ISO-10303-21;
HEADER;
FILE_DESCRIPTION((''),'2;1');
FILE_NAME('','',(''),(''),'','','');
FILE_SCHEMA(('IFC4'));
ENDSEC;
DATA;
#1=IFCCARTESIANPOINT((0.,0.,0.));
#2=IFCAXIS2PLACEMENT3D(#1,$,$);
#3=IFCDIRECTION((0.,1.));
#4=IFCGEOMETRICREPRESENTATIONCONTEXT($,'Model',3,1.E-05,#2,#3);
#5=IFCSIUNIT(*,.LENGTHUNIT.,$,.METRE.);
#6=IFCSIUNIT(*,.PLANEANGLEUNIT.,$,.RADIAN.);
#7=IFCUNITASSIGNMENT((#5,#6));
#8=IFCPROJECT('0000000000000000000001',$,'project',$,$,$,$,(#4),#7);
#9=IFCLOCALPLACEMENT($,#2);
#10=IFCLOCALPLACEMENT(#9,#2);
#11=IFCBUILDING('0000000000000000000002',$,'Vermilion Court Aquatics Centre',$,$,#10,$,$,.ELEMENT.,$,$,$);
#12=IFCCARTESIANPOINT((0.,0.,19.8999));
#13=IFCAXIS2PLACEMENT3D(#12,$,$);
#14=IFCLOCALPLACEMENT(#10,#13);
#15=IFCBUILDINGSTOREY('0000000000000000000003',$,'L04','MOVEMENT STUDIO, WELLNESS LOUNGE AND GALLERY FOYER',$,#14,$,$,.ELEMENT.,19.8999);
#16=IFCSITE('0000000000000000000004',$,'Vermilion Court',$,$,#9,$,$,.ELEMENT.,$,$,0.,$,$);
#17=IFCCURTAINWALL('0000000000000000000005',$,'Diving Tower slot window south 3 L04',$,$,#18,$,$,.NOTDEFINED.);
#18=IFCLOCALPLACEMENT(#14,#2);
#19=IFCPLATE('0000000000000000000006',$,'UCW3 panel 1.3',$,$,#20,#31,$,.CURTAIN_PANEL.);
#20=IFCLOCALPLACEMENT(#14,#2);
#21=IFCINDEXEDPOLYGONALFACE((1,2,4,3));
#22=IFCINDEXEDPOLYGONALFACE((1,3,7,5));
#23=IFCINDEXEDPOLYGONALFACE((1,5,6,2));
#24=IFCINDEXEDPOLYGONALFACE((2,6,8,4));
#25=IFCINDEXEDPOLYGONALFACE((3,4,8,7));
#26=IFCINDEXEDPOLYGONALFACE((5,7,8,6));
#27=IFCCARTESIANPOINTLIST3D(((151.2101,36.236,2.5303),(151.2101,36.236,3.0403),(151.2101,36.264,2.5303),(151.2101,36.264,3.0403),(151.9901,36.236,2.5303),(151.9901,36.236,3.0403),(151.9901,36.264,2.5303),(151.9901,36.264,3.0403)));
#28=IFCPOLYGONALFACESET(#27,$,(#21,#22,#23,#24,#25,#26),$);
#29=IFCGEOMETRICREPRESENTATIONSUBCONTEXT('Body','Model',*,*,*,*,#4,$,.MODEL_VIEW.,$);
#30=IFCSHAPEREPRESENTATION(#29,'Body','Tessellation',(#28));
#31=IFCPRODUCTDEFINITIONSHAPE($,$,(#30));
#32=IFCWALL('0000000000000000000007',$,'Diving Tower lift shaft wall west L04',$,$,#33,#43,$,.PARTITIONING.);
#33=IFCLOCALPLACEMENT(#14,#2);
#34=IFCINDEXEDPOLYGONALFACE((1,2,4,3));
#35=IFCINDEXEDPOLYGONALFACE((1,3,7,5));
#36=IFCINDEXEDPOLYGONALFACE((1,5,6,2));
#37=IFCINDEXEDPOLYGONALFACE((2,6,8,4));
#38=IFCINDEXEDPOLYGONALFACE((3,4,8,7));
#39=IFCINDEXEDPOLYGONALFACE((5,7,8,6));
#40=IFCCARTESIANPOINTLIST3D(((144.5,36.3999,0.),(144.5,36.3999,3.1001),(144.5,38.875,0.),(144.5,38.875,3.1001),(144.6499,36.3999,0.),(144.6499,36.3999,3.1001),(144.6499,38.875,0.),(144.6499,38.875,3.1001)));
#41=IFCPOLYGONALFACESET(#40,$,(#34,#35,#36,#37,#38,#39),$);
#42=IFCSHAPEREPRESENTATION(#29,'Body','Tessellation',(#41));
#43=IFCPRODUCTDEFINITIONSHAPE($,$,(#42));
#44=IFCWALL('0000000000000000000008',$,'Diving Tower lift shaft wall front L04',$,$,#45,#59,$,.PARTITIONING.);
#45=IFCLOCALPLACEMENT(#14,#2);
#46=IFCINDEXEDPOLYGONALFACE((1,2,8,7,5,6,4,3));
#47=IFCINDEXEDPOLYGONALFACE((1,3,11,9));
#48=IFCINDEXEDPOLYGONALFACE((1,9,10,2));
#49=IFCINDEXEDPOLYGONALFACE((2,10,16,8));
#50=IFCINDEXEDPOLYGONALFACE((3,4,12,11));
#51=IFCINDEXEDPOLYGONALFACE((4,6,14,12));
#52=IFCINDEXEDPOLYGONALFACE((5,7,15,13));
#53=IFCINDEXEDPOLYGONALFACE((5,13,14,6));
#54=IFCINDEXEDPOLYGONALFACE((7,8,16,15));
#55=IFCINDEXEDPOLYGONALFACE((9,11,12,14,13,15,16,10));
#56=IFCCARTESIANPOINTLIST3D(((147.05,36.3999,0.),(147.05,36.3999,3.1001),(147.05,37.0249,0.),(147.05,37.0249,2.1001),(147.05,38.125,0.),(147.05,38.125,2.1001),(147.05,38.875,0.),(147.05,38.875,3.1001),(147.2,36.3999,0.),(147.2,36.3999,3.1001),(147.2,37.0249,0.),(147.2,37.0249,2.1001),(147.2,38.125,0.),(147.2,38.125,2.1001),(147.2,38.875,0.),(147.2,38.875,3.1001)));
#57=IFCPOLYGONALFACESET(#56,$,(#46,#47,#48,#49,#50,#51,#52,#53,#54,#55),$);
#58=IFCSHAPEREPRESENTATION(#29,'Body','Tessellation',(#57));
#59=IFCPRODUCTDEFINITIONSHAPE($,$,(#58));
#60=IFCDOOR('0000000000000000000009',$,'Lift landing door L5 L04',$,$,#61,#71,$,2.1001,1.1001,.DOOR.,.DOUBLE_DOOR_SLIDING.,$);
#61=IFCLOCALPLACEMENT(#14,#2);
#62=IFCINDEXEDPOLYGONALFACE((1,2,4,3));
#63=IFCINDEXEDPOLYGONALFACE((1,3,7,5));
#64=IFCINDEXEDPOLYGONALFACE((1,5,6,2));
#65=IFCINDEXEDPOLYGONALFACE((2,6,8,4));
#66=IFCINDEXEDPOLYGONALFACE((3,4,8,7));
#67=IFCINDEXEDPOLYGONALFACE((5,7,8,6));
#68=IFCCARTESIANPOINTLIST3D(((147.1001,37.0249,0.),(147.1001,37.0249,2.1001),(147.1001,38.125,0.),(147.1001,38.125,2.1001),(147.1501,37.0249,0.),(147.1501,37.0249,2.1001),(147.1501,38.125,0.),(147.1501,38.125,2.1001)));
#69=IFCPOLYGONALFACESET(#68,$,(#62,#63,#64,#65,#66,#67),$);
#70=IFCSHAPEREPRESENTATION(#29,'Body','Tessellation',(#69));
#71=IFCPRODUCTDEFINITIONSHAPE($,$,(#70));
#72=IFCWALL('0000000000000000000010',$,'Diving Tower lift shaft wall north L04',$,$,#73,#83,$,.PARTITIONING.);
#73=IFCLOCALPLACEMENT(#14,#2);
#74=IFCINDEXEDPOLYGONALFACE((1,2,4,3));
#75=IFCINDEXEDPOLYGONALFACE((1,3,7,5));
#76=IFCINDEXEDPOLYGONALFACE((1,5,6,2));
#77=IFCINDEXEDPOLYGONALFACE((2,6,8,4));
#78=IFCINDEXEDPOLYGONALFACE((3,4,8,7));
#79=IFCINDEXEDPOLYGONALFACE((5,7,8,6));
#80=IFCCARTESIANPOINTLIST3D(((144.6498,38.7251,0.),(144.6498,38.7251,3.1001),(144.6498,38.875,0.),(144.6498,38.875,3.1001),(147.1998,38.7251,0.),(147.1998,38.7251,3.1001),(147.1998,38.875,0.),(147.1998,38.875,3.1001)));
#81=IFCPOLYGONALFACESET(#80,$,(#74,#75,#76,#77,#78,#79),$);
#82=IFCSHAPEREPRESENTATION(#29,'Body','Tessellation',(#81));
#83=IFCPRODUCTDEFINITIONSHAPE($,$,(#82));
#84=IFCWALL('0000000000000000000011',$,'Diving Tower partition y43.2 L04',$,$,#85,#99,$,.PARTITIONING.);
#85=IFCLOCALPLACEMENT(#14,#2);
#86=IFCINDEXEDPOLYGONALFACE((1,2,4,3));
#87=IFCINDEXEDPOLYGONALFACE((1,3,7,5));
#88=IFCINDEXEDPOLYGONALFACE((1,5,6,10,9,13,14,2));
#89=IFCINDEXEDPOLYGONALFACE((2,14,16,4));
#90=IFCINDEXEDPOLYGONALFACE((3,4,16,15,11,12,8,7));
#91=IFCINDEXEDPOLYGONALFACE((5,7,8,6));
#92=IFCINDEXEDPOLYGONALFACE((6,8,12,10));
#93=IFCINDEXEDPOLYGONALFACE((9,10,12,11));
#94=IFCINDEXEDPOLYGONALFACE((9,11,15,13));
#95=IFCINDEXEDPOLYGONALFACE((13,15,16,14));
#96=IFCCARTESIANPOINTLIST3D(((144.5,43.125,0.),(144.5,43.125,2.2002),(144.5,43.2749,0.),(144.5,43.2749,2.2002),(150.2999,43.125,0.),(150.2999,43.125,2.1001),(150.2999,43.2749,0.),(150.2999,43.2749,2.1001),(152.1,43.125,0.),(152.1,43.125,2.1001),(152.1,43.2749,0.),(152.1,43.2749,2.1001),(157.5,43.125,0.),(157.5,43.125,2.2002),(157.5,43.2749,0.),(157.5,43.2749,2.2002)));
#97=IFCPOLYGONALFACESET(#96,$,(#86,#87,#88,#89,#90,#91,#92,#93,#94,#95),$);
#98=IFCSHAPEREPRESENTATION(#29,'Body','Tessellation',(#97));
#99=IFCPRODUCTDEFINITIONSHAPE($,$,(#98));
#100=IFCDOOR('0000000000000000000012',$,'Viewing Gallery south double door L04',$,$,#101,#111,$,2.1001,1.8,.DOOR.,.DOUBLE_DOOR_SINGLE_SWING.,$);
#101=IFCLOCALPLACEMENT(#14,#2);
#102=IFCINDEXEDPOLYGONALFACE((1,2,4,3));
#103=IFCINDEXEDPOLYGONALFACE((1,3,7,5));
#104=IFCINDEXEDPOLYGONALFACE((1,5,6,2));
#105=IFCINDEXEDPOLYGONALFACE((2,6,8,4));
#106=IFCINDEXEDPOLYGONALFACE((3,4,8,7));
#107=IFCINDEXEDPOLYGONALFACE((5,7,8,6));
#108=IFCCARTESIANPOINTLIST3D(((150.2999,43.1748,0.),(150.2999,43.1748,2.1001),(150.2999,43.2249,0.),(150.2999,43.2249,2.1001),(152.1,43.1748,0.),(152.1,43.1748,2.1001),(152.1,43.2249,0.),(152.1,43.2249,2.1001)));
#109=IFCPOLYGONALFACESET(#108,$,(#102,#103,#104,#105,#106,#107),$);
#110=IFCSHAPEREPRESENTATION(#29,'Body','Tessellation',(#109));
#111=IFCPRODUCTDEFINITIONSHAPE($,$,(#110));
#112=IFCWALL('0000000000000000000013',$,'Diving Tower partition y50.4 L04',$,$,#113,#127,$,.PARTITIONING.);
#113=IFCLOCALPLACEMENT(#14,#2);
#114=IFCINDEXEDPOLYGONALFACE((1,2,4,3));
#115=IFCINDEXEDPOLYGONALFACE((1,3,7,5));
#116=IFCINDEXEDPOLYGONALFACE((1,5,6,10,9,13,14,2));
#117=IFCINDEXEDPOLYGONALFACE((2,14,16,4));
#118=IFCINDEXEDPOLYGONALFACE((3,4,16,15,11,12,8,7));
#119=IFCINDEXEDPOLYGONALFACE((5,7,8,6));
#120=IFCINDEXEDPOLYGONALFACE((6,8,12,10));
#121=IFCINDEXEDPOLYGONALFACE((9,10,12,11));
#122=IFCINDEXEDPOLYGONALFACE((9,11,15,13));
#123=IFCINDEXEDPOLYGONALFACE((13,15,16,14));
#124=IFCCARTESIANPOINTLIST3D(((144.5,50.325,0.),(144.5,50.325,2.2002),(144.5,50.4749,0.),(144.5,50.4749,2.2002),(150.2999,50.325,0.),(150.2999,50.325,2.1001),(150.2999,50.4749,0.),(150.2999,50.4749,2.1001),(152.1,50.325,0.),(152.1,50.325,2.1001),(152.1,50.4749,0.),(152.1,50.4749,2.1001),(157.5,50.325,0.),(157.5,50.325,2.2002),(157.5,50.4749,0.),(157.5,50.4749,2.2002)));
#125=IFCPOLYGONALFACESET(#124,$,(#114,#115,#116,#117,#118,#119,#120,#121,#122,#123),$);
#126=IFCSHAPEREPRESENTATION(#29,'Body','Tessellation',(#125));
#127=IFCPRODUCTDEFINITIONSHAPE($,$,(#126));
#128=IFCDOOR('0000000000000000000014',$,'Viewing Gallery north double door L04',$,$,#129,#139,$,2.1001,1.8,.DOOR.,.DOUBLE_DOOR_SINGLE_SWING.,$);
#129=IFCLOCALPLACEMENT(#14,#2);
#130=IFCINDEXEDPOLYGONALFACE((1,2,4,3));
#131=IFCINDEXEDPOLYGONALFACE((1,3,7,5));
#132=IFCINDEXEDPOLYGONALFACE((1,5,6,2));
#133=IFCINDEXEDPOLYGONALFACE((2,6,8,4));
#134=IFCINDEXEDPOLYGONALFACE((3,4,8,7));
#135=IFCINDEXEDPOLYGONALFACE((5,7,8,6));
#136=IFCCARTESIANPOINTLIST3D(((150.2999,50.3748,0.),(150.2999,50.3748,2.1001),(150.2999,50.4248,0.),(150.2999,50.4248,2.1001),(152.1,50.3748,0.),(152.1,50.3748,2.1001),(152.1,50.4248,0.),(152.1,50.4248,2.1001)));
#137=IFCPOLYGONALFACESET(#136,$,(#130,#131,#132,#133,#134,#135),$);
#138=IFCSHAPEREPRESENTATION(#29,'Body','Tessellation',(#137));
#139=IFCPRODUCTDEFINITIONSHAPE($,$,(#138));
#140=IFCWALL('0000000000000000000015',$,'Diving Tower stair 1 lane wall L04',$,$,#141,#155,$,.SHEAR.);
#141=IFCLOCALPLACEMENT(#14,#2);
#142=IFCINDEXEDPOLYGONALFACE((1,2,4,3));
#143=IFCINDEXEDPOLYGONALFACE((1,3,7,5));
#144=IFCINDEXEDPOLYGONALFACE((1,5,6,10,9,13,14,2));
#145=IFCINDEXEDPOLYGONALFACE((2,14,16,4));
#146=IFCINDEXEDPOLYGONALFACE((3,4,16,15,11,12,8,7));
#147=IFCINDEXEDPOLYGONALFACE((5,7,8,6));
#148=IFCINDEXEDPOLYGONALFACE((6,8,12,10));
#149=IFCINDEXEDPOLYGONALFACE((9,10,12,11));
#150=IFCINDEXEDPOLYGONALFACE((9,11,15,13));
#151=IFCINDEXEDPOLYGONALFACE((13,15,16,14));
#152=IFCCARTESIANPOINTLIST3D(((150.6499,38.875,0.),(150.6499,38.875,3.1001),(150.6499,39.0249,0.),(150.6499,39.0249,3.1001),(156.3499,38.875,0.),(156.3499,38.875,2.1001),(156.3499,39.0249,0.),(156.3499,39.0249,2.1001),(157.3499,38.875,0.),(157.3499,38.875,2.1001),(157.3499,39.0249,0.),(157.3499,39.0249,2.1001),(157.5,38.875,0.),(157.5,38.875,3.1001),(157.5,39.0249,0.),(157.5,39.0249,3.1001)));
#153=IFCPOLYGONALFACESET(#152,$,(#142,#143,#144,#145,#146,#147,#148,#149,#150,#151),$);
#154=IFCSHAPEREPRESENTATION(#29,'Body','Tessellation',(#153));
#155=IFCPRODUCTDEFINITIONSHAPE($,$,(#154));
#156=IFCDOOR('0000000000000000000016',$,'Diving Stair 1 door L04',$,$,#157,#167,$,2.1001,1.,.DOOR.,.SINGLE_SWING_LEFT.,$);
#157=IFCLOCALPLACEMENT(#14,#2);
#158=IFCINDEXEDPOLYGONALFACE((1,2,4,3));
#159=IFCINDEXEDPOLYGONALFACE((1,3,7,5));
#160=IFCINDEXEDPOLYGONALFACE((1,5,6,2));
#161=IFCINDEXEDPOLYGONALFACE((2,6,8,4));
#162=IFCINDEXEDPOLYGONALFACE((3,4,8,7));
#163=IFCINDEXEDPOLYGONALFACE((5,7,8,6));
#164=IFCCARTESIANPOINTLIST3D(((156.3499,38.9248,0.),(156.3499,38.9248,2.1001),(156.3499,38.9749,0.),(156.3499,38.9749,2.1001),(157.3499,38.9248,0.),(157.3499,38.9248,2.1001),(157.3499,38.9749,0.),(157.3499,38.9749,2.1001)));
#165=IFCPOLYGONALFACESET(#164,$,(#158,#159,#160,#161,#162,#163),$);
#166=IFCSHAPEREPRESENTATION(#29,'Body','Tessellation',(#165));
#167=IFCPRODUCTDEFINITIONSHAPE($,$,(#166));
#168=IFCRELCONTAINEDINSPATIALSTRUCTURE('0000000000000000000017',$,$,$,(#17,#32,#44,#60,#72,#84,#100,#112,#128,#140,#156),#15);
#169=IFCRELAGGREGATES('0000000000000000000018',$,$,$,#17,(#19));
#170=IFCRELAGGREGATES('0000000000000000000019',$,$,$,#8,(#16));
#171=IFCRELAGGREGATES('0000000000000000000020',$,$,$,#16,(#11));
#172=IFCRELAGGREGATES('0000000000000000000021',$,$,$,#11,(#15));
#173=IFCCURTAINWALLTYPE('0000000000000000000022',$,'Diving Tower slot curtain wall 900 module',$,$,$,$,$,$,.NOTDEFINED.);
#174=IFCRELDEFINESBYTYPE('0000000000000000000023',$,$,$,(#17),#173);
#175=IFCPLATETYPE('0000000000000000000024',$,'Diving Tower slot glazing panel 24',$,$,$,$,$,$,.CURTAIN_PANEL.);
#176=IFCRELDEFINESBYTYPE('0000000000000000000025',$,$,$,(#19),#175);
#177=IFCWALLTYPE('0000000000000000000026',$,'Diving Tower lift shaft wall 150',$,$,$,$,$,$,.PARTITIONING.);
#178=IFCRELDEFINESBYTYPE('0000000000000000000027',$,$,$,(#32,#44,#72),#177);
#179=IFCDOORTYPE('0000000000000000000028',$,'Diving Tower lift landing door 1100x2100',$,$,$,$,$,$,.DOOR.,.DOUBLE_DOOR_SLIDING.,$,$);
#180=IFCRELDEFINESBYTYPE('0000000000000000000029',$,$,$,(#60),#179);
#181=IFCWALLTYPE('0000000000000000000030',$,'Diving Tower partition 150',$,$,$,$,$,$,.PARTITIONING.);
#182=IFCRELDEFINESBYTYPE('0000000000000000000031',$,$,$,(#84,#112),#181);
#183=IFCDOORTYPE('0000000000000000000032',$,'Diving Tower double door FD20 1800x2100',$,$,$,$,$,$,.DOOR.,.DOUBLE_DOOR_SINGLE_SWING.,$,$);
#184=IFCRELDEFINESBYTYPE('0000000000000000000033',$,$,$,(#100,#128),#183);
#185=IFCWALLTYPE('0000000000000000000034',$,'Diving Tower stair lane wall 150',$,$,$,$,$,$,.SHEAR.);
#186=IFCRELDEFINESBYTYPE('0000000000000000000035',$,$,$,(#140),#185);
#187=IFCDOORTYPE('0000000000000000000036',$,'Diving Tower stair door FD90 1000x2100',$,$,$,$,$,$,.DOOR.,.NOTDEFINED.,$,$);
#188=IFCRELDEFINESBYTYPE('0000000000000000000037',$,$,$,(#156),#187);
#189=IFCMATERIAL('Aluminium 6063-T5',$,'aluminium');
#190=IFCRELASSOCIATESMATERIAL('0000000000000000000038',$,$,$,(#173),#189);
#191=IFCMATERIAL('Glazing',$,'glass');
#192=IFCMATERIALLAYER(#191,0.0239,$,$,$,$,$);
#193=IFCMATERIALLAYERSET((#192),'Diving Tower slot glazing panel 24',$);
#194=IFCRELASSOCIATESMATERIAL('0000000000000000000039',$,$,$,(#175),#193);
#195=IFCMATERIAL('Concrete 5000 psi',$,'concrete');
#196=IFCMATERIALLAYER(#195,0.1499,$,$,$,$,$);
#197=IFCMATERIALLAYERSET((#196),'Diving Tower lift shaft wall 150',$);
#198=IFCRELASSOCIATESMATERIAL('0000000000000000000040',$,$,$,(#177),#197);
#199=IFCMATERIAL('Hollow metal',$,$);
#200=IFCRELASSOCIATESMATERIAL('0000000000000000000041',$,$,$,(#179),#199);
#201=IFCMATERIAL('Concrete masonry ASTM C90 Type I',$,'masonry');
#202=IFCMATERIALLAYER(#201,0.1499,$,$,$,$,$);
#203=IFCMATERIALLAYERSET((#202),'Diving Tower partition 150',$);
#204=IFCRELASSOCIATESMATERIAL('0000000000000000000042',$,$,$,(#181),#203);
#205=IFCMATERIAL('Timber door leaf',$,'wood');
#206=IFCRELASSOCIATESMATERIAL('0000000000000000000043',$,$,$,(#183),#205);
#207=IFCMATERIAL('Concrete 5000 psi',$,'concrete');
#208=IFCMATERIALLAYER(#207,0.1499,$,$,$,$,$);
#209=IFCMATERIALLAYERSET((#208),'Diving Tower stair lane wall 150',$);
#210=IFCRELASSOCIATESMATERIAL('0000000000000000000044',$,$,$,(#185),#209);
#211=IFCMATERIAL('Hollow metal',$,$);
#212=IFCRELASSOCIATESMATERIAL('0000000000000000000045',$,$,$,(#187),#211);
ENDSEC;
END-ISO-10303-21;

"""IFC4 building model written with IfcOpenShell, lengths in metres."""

from ifc_helpers import new_model, si_unit, direction, frame, frame_2d, origin, origin_2d, place, context, subcontext, project, spatial, rectangle, extrude, material, layer, layer_set, type_object, element, fill, aggregate, save


model = new_model("IFC4")

# Units and contexts
model_context = context("Model", 3, precision=1e-05, world=origin(), true_north=direction((0.0, 1.0)))
body_context = subcontext(model_context, "Body", "Model", "MODEL_VIEW")
ifc_project = project(units=[si_unit("LENGTHUNIT", "METRE"), si_unit("PLANEANGLEUNIT", "RADIAN")], contexts=[model_context])

# Site, building, storey
site_placement = place(None, origin())
site = spatial("IfcSite", under=ifc_project, at=site_placement, Name="Vermilion Court", CompositionType="ELEMENT", RefElevation=0.0)
building_placement = place(site_placement, origin())
building = spatial("IfcBuilding", under=site, at=building_placement, Name="Vermilion Court Aquatics Centre", CompositionType="ELEMENT")
storey_placement = place(building_placement, frame((0.0, 0.0, 19.8999)))
storey = spatial("IfcBuildingStorey", under=building, at=storey_placement, Name="L04", Description="MOVEMENT STUDIO, WELLNESS LOUNGE AND GALLERY FOYER", CompositionType="ELEMENT", Elevation=19.8999)

# Curtain wall, plate
ifc_material_1 = material(Name="Aluminium 6063-T5", Category="aluminium")
curtain_wall_type = type_object("IfcCurtainWallType", Name="Diving Tower slot curtain wall 900 module", PredefinedType="NOTDEFINED", material=ifc_material_1)
curtain_wall_placement = place(storey_placement, origin())
curtain_wall = element("IfcCurtainWall", 1, at=curtain_wall_placement, inside=storey, type_object=curtain_wall_type, Name="Diving Tower slot window south 3 L04", PredefinedType="NOTDEFINED")
ifc_material_2 = material(Name="Glazing", Category="glass")
ifc_layer_1 = layer(ifc_material_2, 0.0239)
ifc_layer_set_1 = layer_set([ifc_layer_1], Name="Diving Tower slot glazing panel 24")
plate_type = type_object("IfcPlateType", Name="Diving Tower slot glazing panel 24", PredefinedType="CURTAIN_PANEL", material=ifc_layer_set_1)
plate_1_placement = place(storey_placement, frame((151.6001, 36.25, 2.5303), z_axis=(0.0, 0.0, 1.0), x_axis=(1.0, 0.0, 0.0)))
plate_1 = element("IfcPlate", 2, at=plate_1_placement, type_object=plate_type, Name="UCW3 panel 1.3", PredefinedType="CURTAIN_PANEL", context=body_context, shape_type="SweptSolid", body=[
    extrude(rectangle(XDim=0.78, YDim=0.0281, at=origin_2d()), origin(), (0.0, 0.0, 1.0), 0.51),
])
aggregate(curtain_wall, [plate_1])

# Wall
ifc_material_3 = material(Name="Concrete 5000 psi", Category="concrete")
ifc_layer_2 = layer(ifc_material_3, 0.1499)
ifc_layer_set_2 = layer_set([ifc_layer_2], Name="Diving Tower lift shaft wall 150")
wall_type_1 = type_object("IfcWallType", Name="Diving Tower lift shaft wall 150", PredefinedType="PARTITIONING", material=ifc_layer_set_2)
wall_1_placement = place(storey_placement, frame((144.575, 36.3999, 0.0), z_axis=(0.0, 0.0, 1.0), x_axis=(0.0, 1.0, 0.0)))
element("IfcWall", 3, at=wall_1_placement, inside=storey, type_object=wall_type_1, Name="Diving Tower lift shaft wall west L04", PredefinedType="PARTITIONING", context=body_context, shape_type="SweptSolid", body=[
    extrude(rectangle(XDim=2.4751, YDim=0.1499, at=frame_2d((1.2375, 0.0))), origin(), (0.0, 0.0, 1.0), 3.1001),
])

# Wall, opening, door
wall_2_placement = place(storey_placement, frame((147.125, 36.3999, 0.0), z_axis=(0.0, 0.0, 1.0), x_axis=(0.0, 1.0, 0.0)))
wall_2 = element("IfcWall", 4, at=wall_2_placement, inside=storey, type_object=wall_type_1, Name="Diving Tower lift shaft wall front L04", PredefinedType="PARTITIONING", context=body_context, shape_type="SweptSolid", body=[
    extrude(rectangle(XDim=2.4751, YDim=0.1499, at=frame_2d((1.2375, 0.0))), origin(), (0.0, 0.0, 1.0), 3.1001),
])
opening_1_placement = place(wall_2_placement, frame((0.625, 0.0, 0.0)))
opening_1 = element("IfcOpeningElement", 5, at=opening_1_placement, cuts=wall_2, PredefinedType="OPENING", context=body_context, shape_type="SweptSolid", body=[
    extrude(rectangle(XDim=1.1001, YDim=2.1001, at=frame_2d((0.55, 1.05))), frame((0.0, 0.085, 0.0), z_axis=(0.0, -1.0, 0.0), x_axis=(1.0, 0.0, 0.0)), (0.0, 0.0, 1.0), 0.1699),
])
ifc_material_4 = material(Name="Hollow metal")
door_type_1 = type_object("IfcDoorType", Name="Diving Tower lift landing door 1100x2100", OperationType="DOUBLE_DOOR_SLIDING", PredefinedType="DOOR", material=ifc_material_4)
door_1_placement = place(opening_1_placement, origin())
door_1 = element("IfcDoor", 6, at=door_1_placement, inside=storey, type_object=door_type_1, Name="Lift landing door L5 L04", OperationType="DOUBLE_DOOR_SLIDING", OverallHeight=2.1001, OverallWidth=1.1001, PredefinedType="DOOR", context=body_context, shape_type="SweptSolid", body=[
    extrude(rectangle(XDim=1.1001, YDim=2.1001, at=frame_2d((0.55, 1.05))), frame((0.0, 0.0249, 0.0), z_axis=(0.0, -1.0, 0.0), x_axis=(1.0, 0.0, 0.0)), (0.0, 0.0, 1.0), 0.05),
])
fill(opening_1, door_1)

# Wall
wall_3_placement = place(storey_placement, frame((144.6499, 38.8, 0.0), z_axis=(0.0, 0.0, 1.0), x_axis=(1.0, 0.0, 0.0)))
element("IfcWall", 7, at=wall_3_placement, inside=storey, type_object=wall_type_1, Name="Diving Tower lift shaft wall north L04", PredefinedType="PARTITIONING", context=body_context, shape_type="SweptSolid", body=[
    extrude(rectangle(XDim=2.55, YDim=0.1499, at=frame_2d((1.2749, 0.0))), origin(), (0.0, 0.0, 1.0), 3.1001),
])

# Walls, openings, doors
ifc_material_5 = material(Name="Concrete masonry ASTM C90 Type I", Category="masonry")
ifc_layer_3 = layer(ifc_material_5, 0.1499)
ifc_layer_set_3 = layer_set([ifc_layer_3], Name="Diving Tower partition 150")
wall_type_2 = type_object("IfcWallType", Name="Diving Tower partition 150", PredefinedType="PARTITIONING", material=ifc_layer_set_3)
wall_4_placement = place(storey_placement, frame((144.5, 43.2, 0.0), z_axis=(0.0, 0.0, 1.0), x_axis=(1.0, 0.0, 0.0)))
wall_4 = element("IfcWall", 8, at=wall_4_placement, inside=storey, type_object=wall_type_2, Name="Diving Tower partition y43.2 L04", PredefinedType="PARTITIONING", context=body_context, shape_type="SweptSolid", body=[
    extrude(rectangle(XDim=13.0, YDim=0.1499, at=frame_2d((6.5, 0.0))), origin(), (0.0, 0.0, 1.0), 2.2002),
])
opening_2_placement = place(wall_4_placement, frame((5.8, 0.0, 0.0)))
opening_2 = element("IfcOpeningElement", 9, at=opening_2_placement, cuts=wall_4, PredefinedType="OPENING", context=body_context, shape_type="SweptSolid", body=[
    extrude(rectangle(XDim=1.8, YDim=2.1001, at=frame_2d((0.8999, 1.05))), frame((0.0, 0.085, 0.0), z_axis=(0.0, -1.0, 0.0), x_axis=(1.0, 0.0, 0.0)), (0.0, 0.0, 1.0), 0.1699),
])
ifc_material_6 = material(Name="Timber door leaf", Category="wood")
door_type_2 = type_object("IfcDoorType", Name="Diving Tower double door FD20 1800x2100", OperationType="DOUBLE_DOOR_SINGLE_SWING", PredefinedType="DOOR", material=ifc_material_6)
door_2_placement = place(opening_2_placement, frame((1.8, 0.0, 0.0), z_axis=(0.0, 0.0, 1.0), x_axis=(-1.0, 0.0, 0.0)))
door_2 = element("IfcDoor", 10, at=door_2_placement, inside=storey, type_object=door_type_2, Name="Viewing Gallery south double door L04", OperationType="DOUBLE_DOOR_SINGLE_SWING", OverallHeight=2.1001, OverallWidth=1.8, PredefinedType="DOOR", context=body_context, shape_type="SweptSolid", body=[
    extrude(rectangle(XDim=1.8, YDim=2.1001, at=frame_2d((0.9001, 1.05))), frame((0.0, 0.0251, 0.0), z_axis=(0.0, -1.0, 0.0), x_axis=(1.0, 0.0, 0.0)), (0.0, 0.0, 1.0), 0.05),
])
fill(opening_2, door_2)
wall_5_placement = place(storey_placement, frame((144.5, 50.3999, 0.0), z_axis=(0.0, 0.0, 1.0), x_axis=(1.0, 0.0, 0.0)))
wall_5 = element("IfcWall", 11, at=wall_5_placement, inside=storey, type_object=wall_type_2, Name="Diving Tower partition y50.4 L04", PredefinedType="PARTITIONING", context=body_context, shape_type="SweptSolid", body=[
    extrude(rectangle(XDim=13.0, YDim=0.1499, at=frame_2d((6.5, 0.0))), origin(), (0.0, 0.0, 1.0), 2.2002),
])
opening_3_placement = place(wall_5_placement, frame((5.8, 0.0, 0.0)))
opening_3 = element("IfcOpeningElement", 12, at=opening_3_placement, cuts=wall_5, PredefinedType="OPENING", context=body_context, shape_type="SweptSolid", body=[
    extrude(rectangle(XDim=1.8, YDim=2.1001, at=frame_2d((0.8999, 1.05))), frame((0.0, 0.085, 0.0), z_axis=(0.0, -1.0, 0.0), x_axis=(1.0, 0.0, 0.0)), (0.0, 0.0, 1.0), 0.1699),
])
door_3_placement = place(opening_3_placement, origin())
door_3 = element("IfcDoor", 13, at=door_3_placement, inside=storey, type_object=door_type_2, Name="Viewing Gallery north double door L04", OperationType="DOUBLE_DOOR_SINGLE_SWING", OverallHeight=2.1001, OverallWidth=1.8, PredefinedType="DOOR", context=body_context, shape_type="SweptSolid", body=[
    extrude(rectangle(XDim=1.8, YDim=2.1001, at=frame_2d((0.8999, 1.05))), frame((0.0, 0.0249, 0.0), z_axis=(0.0, -1.0, 0.0), x_axis=(1.0, 0.0, 0.0)), (0.0, 0.0, 1.0), 0.05),
])
fill(opening_3, door_3)
ifc_material_7 = material(Name="Concrete 5000 psi", Category="concrete")
ifc_layer_4 = layer(ifc_material_7, 0.1499)
ifc_layer_set_4 = layer_set([ifc_layer_4], Name="Diving Tower stair lane wall 150")
wall_type_3 = type_object("IfcWallType", Name="Diving Tower stair lane wall 150", PredefinedType="SHEAR", material=ifc_layer_set_4)
wall_6_placement = place(storey_placement, frame((150.6499, 38.95, 0.0), z_axis=(0.0, 0.0, 1.0), x_axis=(1.0, 0.0, 0.0)))
wall_6 = element("IfcWall", 14, at=wall_6_placement, inside=storey, type_object=wall_type_3, Name="Diving Tower stair 1 lane wall L04", PredefinedType="SHEAR", context=body_context, shape_type="SweptSolid", body=[
    extrude(rectangle(XDim=6.8501, YDim=0.1499, at=frame_2d((3.425, 0.0))), origin(), (0.0, 0.0, 1.0), 3.1001),
])
opening_4_placement = place(wall_6_placement, frame((5.7, 0.0, 0.0)))
opening_4 = element("IfcOpeningElement", 15, at=opening_4_placement, cuts=wall_6, PredefinedType="OPENING", context=body_context, shape_type="SweptSolid", body=[
    extrude(rectangle(XDim=1.0, YDim=2.1001, at=frame_2d((0.5, 1.05))), frame((0.0, 0.085, 0.0), z_axis=(0.0, -1.0, 0.0), x_axis=(1.0, 0.0, 0.0)), (0.0, 0.0, 1.0), 0.1699),
])
ifc_material_8 = material(Name="Hollow metal")
door_type_3 = type_object("IfcDoorType", Name="Diving Tower stair door FD90 1000x2100", OperationType="NOTDEFINED", PredefinedType="DOOR", material=ifc_material_8)
door_4_placement = place(opening_4_placement, frame((1.0, 0.0, 0.0), z_axis=(0.0, 0.0, 1.0), x_axis=(-1.0, 0.0, 0.0)))
door_4 = element("IfcDoor", 16, at=door_4_placement, inside=storey, type_object=door_type_3, Name="Diving Stair 1 door L04", OperationType="SINGLE_SWING_LEFT", OverallHeight=2.1001, OverallWidth=1.0, PredefinedType="DOOR", context=body_context, shape_type="SweptSolid", body=[
    extrude(rectangle(XDim=1.0, YDim=2.1001, at=frame_2d((0.5, 1.05))), frame((0.0, 0.0251, 0.0), z_axis=(0.0, -1.0, 0.0), x_axis=(1.0, 0.0, 0.0)), (0.0, 0.0, 1.0), 0.05),
])
fill(opening_4, door_4)

save(model, "model.ifc")
